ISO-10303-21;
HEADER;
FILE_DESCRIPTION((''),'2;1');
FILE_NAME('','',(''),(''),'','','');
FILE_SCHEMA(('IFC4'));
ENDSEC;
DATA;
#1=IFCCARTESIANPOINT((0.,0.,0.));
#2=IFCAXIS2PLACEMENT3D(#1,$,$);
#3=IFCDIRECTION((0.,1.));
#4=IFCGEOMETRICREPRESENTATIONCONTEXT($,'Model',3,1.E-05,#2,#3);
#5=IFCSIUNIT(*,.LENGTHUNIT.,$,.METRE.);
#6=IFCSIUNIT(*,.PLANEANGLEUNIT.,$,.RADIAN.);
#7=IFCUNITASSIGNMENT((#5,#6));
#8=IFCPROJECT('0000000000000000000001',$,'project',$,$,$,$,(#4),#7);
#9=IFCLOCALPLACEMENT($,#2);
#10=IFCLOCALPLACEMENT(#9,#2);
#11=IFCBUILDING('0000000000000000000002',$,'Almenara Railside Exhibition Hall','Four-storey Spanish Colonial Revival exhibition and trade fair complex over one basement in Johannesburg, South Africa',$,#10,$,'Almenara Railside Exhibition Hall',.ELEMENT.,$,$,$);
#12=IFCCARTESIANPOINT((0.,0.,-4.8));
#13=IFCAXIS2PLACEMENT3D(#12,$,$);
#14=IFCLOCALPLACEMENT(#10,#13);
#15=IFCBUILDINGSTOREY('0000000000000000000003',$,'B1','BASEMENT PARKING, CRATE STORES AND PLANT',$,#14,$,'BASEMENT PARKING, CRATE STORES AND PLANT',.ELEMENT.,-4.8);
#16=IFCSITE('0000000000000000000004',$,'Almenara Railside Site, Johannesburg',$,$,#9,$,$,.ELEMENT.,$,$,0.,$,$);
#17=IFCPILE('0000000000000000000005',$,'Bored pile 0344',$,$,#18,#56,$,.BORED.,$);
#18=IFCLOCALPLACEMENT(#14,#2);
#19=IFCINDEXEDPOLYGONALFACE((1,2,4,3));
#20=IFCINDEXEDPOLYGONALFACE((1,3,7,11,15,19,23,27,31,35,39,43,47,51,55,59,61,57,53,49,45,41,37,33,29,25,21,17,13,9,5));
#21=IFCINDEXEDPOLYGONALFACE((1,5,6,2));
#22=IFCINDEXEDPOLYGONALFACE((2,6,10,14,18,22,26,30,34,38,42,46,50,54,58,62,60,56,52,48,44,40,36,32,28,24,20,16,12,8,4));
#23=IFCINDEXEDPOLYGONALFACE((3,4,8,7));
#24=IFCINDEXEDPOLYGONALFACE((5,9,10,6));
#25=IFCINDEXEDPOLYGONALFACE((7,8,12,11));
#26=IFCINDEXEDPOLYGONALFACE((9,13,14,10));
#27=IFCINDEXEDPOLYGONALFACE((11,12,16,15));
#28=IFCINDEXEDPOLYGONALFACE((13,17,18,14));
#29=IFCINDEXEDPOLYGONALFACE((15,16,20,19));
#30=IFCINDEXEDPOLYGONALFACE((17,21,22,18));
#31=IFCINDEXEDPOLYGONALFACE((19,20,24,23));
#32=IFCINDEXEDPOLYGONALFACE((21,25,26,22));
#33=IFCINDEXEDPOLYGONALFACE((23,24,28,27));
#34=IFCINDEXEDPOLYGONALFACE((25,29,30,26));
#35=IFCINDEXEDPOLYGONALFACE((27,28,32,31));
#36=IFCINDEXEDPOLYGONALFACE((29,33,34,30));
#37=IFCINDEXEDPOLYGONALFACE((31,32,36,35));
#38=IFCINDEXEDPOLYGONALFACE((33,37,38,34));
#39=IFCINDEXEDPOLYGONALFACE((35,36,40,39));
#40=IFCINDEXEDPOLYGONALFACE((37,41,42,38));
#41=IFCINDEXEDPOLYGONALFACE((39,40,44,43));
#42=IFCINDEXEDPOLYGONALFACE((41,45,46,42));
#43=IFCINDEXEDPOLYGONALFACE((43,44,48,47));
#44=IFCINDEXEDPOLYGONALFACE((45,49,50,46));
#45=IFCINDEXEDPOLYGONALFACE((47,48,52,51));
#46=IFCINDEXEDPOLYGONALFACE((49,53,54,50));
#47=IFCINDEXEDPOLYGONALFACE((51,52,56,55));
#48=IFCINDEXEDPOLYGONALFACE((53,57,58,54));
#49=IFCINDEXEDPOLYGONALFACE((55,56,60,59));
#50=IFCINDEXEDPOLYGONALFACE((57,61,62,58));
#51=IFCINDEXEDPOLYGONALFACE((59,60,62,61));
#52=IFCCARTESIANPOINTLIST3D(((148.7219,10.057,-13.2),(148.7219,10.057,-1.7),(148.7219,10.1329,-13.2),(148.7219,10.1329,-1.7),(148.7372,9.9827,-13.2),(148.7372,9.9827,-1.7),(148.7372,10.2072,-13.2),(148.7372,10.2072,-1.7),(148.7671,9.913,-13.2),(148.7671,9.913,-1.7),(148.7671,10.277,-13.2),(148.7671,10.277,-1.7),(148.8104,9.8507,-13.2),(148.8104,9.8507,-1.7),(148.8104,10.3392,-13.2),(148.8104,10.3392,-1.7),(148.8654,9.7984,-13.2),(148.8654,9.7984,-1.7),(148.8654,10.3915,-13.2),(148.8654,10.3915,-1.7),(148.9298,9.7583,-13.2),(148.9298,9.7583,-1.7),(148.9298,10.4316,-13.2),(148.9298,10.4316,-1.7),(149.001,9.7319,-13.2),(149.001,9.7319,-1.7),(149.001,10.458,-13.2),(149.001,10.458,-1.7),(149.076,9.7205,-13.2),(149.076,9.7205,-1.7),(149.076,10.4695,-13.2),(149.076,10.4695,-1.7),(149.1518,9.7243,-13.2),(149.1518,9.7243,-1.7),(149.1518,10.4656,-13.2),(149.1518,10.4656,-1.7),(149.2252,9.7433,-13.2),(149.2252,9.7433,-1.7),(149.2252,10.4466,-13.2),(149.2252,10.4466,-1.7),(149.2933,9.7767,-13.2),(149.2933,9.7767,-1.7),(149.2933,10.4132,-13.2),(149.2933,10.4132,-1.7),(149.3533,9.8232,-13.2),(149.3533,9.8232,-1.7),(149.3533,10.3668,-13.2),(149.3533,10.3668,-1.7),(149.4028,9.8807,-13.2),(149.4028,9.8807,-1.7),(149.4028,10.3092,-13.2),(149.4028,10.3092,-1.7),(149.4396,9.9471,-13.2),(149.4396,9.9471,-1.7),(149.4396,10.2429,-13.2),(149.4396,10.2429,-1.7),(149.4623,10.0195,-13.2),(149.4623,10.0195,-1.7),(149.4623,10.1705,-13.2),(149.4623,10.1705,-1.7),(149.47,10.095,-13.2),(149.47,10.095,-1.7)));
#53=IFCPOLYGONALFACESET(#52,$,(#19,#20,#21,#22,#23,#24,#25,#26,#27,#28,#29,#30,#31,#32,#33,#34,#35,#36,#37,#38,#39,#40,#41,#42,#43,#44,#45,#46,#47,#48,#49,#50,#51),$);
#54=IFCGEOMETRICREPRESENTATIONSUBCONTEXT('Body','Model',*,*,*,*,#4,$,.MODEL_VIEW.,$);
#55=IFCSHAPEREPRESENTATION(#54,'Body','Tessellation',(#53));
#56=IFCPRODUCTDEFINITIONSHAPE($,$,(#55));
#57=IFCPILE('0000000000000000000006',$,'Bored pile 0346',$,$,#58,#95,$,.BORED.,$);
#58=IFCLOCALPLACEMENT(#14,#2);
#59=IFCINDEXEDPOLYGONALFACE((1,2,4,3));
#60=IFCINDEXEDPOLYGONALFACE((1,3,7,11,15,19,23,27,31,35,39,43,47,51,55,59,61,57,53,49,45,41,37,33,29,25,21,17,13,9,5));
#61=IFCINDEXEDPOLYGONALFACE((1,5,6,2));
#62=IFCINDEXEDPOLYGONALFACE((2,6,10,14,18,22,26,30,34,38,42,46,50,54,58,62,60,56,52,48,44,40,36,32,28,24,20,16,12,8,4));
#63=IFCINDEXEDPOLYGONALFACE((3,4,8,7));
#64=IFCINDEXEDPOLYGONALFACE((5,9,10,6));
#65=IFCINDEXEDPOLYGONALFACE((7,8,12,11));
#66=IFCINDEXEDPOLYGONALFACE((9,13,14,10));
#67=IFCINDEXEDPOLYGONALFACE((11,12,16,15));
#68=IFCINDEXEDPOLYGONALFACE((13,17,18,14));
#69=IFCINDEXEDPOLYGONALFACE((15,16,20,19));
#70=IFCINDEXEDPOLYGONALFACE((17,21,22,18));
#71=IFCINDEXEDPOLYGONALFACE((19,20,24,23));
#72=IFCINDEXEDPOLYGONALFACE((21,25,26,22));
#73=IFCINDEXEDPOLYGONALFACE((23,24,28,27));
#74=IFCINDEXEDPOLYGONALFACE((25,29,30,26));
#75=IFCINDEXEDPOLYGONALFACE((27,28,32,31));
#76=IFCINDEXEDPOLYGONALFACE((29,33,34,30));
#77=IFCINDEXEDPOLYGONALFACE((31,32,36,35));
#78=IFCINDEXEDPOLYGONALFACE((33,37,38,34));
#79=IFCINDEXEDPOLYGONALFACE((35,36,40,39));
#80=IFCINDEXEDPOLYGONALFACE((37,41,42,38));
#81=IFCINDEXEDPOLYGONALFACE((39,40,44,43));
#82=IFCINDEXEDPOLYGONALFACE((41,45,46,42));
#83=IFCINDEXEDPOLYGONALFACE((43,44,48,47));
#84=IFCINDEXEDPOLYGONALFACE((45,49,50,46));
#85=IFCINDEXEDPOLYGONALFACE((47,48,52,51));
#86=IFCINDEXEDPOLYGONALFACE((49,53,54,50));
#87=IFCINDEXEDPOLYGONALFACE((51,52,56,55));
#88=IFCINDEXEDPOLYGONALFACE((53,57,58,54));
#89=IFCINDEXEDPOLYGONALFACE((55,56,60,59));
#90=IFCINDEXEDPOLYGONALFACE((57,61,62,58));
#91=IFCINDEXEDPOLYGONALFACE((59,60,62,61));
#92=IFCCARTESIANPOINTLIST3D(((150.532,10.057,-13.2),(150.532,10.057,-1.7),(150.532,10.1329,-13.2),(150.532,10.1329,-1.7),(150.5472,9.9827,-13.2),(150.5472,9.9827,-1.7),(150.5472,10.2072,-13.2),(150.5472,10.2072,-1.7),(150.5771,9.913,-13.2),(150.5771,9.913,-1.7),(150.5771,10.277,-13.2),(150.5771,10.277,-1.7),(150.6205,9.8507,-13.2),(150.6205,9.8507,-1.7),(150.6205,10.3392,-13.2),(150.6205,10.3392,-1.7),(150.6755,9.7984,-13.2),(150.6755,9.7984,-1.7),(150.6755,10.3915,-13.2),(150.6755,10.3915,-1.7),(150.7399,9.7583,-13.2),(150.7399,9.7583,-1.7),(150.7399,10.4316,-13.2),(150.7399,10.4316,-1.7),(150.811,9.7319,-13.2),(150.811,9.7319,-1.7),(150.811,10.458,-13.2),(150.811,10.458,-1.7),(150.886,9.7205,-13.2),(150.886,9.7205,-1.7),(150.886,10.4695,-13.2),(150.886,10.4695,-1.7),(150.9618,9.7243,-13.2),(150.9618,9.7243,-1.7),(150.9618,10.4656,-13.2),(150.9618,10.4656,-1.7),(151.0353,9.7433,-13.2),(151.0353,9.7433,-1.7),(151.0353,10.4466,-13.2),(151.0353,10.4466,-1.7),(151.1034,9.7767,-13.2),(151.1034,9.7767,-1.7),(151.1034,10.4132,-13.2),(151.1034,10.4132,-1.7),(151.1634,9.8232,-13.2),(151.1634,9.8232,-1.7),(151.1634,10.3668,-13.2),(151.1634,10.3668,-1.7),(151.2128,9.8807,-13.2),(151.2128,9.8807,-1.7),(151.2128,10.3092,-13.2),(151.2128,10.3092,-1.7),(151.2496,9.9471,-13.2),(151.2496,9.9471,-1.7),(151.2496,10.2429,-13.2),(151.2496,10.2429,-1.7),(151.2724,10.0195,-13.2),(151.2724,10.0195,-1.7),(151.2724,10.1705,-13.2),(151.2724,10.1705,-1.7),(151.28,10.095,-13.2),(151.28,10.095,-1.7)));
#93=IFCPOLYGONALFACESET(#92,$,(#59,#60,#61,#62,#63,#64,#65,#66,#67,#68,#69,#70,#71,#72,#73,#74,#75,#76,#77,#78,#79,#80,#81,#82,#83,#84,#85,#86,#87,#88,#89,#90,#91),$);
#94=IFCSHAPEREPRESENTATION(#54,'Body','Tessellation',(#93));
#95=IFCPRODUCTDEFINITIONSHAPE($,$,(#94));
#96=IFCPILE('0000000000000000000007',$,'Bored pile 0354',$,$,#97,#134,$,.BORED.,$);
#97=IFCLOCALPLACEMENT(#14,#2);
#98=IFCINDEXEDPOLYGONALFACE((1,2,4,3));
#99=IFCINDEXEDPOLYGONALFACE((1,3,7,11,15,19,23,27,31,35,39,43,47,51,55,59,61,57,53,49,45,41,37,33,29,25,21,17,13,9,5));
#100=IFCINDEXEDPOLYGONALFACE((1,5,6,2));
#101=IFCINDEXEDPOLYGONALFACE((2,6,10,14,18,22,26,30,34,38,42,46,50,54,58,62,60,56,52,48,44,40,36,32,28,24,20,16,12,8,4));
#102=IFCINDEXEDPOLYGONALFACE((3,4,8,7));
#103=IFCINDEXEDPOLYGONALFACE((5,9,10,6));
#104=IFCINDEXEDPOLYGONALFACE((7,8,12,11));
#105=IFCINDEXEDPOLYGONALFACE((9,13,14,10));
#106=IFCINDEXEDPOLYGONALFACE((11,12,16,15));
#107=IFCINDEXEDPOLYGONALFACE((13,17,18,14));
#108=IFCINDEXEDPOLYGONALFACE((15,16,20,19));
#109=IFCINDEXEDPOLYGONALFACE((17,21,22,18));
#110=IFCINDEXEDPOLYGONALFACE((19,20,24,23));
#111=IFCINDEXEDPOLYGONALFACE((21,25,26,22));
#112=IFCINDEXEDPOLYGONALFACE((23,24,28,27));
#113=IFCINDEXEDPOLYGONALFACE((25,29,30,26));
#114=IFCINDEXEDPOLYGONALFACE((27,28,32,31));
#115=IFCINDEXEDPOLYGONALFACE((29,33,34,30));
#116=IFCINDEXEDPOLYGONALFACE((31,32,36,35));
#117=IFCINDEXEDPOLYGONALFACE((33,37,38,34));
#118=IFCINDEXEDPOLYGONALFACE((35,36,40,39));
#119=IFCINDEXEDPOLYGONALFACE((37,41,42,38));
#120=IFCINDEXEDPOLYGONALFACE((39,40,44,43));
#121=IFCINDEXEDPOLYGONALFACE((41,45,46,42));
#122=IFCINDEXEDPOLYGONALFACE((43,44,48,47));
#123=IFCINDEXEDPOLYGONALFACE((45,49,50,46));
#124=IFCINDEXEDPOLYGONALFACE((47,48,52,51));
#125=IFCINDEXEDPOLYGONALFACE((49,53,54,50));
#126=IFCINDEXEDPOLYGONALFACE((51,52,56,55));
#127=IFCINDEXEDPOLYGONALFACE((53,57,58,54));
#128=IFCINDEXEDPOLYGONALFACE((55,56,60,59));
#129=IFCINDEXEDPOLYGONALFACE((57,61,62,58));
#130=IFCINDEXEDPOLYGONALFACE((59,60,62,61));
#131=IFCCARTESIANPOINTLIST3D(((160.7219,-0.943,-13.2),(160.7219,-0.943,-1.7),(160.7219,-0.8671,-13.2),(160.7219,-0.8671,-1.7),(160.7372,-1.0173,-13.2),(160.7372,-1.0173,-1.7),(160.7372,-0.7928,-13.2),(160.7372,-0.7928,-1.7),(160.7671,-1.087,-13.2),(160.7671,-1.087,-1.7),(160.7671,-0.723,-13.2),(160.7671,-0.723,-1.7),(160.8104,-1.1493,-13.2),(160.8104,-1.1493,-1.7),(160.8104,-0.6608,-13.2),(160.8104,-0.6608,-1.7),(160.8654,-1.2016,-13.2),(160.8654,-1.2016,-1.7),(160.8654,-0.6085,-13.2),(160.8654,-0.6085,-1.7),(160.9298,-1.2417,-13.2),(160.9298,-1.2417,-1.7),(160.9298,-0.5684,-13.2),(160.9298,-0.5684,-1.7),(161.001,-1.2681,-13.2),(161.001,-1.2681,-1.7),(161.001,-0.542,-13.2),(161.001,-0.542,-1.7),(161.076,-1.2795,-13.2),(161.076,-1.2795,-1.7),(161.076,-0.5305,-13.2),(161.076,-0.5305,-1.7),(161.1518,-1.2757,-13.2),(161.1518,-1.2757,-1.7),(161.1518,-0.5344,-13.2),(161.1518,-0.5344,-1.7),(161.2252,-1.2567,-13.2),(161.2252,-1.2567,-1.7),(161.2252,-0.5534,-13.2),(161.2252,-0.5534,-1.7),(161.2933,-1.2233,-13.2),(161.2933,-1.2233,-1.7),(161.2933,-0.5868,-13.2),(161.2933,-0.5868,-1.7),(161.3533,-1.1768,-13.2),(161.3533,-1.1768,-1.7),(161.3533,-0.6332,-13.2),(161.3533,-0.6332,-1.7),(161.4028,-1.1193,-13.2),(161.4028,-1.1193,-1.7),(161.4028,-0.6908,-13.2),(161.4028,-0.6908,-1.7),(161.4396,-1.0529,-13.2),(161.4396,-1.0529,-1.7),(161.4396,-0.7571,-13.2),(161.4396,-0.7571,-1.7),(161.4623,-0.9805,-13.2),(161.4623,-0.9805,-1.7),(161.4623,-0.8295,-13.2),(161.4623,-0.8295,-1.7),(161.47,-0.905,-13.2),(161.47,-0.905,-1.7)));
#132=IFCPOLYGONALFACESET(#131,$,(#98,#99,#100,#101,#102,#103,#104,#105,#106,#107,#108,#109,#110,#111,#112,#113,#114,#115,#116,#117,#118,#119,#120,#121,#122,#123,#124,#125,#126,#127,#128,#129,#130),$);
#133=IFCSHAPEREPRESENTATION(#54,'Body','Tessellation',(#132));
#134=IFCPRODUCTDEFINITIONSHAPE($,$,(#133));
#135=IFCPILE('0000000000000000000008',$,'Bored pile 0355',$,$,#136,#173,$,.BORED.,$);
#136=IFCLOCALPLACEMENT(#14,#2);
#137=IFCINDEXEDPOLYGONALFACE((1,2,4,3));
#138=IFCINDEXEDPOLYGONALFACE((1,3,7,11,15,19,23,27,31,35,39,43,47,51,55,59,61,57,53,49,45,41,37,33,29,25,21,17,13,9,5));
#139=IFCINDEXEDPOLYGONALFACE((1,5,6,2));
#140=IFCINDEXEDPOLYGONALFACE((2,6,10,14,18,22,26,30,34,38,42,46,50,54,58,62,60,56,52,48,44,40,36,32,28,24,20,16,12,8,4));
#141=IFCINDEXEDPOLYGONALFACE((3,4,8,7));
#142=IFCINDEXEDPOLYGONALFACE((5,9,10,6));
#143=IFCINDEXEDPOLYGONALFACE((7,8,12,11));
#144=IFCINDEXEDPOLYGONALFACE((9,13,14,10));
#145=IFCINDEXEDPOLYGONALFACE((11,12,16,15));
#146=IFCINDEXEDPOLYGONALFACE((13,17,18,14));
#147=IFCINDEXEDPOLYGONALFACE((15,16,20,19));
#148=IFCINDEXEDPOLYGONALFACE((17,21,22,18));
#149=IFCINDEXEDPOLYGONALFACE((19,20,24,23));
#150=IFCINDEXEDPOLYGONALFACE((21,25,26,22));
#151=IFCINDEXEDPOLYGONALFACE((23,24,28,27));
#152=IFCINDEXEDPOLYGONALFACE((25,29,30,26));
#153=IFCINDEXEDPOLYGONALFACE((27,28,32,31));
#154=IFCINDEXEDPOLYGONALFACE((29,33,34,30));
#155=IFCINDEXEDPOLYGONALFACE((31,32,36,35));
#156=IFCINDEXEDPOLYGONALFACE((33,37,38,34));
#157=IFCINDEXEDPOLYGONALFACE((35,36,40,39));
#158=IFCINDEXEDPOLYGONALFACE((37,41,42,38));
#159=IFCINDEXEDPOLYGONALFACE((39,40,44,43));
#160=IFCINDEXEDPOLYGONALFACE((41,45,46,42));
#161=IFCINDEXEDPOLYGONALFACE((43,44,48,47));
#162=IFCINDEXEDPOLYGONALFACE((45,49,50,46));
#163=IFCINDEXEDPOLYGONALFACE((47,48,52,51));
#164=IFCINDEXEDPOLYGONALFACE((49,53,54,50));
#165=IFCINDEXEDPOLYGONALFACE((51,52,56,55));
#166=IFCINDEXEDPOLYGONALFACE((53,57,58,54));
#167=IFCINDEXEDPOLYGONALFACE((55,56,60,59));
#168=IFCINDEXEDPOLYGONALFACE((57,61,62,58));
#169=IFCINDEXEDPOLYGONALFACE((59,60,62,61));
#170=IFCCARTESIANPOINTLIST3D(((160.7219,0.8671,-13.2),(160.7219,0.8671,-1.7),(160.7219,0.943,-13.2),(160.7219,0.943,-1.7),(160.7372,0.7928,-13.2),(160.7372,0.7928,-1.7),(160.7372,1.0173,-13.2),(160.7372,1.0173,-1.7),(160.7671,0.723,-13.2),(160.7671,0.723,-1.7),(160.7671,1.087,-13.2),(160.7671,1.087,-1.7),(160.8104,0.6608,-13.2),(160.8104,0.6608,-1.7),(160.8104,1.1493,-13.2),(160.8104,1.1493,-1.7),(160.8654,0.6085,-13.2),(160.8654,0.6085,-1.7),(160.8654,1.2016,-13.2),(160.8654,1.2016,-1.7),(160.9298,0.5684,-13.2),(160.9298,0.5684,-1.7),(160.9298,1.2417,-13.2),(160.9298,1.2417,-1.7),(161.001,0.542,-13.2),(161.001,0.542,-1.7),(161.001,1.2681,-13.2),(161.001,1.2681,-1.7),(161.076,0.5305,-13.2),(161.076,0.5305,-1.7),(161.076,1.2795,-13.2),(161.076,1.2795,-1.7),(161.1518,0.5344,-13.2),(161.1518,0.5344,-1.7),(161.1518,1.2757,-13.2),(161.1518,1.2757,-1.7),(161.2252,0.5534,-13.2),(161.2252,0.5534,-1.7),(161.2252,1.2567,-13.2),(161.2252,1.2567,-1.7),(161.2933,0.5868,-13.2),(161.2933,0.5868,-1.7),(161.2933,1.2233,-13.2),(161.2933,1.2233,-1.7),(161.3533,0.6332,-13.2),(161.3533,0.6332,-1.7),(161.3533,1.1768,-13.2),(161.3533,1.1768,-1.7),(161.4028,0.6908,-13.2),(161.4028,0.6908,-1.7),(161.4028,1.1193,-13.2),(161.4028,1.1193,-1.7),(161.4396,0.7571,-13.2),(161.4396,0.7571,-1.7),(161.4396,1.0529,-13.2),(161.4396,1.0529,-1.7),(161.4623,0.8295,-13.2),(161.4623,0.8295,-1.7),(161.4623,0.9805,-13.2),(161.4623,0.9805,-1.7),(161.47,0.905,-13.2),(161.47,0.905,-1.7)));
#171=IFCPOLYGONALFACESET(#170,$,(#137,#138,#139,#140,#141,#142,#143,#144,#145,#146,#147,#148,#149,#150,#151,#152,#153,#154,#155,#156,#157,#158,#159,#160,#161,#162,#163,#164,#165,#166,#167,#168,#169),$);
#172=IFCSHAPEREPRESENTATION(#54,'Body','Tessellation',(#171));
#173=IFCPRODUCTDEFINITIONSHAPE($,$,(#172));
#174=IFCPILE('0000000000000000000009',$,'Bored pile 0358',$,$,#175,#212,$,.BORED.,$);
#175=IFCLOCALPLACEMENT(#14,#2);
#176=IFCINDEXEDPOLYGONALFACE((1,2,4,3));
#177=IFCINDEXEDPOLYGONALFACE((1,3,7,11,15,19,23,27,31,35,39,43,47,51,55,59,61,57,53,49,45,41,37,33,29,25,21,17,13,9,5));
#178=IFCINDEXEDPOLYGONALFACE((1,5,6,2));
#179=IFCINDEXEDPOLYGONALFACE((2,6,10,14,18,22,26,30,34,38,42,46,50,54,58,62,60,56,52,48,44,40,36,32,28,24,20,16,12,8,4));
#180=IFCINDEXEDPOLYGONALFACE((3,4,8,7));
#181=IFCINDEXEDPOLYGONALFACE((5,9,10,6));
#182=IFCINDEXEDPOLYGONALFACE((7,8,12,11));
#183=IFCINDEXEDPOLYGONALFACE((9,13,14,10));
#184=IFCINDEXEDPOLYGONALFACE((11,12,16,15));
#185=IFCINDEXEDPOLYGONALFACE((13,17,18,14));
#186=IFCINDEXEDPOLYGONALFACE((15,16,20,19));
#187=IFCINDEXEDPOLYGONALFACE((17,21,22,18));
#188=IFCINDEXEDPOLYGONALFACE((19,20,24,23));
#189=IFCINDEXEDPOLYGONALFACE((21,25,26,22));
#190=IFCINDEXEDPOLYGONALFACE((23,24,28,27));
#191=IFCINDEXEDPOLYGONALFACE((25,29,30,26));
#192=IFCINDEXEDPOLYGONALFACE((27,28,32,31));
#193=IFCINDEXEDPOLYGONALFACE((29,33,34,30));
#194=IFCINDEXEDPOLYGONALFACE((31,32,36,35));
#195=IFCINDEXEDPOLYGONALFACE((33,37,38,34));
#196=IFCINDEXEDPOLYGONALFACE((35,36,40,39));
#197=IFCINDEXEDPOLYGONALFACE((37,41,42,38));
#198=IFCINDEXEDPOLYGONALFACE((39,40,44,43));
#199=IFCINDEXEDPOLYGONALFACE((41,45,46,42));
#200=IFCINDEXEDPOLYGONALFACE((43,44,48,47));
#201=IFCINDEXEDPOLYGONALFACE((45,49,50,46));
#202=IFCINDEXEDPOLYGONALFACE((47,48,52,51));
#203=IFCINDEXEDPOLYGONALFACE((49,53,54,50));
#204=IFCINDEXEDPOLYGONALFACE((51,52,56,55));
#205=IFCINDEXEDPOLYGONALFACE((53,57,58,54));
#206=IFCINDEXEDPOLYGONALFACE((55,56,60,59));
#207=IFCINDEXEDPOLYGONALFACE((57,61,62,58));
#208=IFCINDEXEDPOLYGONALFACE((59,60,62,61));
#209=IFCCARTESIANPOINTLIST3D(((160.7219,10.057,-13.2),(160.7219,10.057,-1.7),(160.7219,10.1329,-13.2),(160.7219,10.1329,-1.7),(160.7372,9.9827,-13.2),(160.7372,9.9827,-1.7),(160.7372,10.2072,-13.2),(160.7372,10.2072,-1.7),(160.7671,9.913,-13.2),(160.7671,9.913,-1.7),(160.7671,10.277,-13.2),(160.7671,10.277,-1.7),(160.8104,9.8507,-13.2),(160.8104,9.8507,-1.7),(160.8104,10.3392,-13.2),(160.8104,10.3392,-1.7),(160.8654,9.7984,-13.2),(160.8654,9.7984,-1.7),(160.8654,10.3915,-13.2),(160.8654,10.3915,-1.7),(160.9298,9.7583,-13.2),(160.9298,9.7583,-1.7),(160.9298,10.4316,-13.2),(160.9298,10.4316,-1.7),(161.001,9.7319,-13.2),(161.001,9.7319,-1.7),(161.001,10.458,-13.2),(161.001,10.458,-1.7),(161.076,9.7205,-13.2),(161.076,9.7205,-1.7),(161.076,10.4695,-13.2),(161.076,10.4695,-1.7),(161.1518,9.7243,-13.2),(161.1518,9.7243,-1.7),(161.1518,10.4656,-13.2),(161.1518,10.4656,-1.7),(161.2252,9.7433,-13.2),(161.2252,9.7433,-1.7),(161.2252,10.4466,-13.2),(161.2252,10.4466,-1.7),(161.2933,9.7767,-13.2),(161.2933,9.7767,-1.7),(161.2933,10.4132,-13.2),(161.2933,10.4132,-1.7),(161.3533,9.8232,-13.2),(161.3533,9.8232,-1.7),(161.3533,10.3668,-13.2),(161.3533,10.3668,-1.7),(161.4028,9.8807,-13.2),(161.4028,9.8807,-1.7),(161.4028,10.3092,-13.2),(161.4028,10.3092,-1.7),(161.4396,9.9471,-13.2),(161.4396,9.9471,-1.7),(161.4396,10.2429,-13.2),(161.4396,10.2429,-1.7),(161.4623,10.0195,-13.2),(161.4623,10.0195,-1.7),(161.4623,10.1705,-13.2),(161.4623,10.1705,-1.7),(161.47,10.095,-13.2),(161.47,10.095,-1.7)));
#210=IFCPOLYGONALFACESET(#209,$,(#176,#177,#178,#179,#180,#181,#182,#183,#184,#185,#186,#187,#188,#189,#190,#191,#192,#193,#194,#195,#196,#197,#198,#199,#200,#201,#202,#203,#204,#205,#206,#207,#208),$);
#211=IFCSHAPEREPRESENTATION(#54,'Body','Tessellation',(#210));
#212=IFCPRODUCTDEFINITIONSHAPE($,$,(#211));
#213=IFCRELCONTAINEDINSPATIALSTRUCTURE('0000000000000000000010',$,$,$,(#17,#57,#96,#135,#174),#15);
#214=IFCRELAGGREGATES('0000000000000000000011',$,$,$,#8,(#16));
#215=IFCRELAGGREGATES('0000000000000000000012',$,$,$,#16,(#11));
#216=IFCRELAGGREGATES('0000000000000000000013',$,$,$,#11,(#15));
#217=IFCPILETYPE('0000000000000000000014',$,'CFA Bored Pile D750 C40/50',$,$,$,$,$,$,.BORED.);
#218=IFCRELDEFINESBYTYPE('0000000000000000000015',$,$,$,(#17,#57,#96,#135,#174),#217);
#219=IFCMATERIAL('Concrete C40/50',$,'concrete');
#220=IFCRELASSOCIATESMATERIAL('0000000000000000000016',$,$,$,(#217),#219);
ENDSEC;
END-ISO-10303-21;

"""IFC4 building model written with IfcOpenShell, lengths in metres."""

from ifc_helpers import new_model, si_unit, direction, frame, origin, origin_2d, place, context, subcontext, project, spatial, circle, extrude, material, material_profile, profile_set, type_object, element, save


model = new_model("IFC4")

# Units and contexts
model_context = context("Model", 3, precision=1e-05, world=origin(), true_north=direction((0.0, 1.0)))
body_context = subcontext(model_context, "Body", "Model", "MODEL_VIEW")
ifc_project = project(units=[si_unit("LENGTHUNIT", "METRE"), si_unit("PLANEANGLEUNIT", "RADIAN")], contexts=[model_context])

# Site, building, storey
site_placement = place(None, origin())
site = spatial("IfcSite", under=ifc_project, at=site_placement, Name="Almenara Railside Site, Johannesburg", CompositionType="ELEMENT", RefElevation=0.0)
building_placement = place(site_placement, origin())
building = spatial("IfcBuilding", under=site, at=building_placement, Name="Almenara Railside Exhibition Hall", Description="Four-storey Spanish Colonial Revival exhibition and trade fair complex over one basement in Johannesburg, South Africa", LongName="Almenara Railside Exhibition Hall", CompositionType="ELEMENT")
storey_placement = place(building_placement, frame((0.0, 0.0, -4.8)))
storey = spatial("IfcBuildingStorey", under=building, at=storey_placement, Name="B1", Description="BASEMENT PARKING, CRATE STORES AND PLANT", LongName="BASEMENT PARKING, CRATE STORES AND PLANT", CompositionType="ELEMENT", Elevation=-4.8)

# Piles
ifc_material_1 = material(Name="Concrete C40/50", Category="concrete")
ifc_material_profile_1 = material_profile(ifc_material_1, circle(Radius=0.375, at=origin_2d()), Name="CFA-PILE D750")
ifc_profile_set_1 = profile_set([ifc_material_profile_1], Name="Concrete C40/50")
pile_type = type_object("IfcPileType", Name="CFA Bored Pile D750 C40/50", PredefinedType="BORED", material=ifc_profile_set_1)
for number, where, z_axis, x_axis, name in (
    (1, (149.095, 10.095, -1.7), (0.0, 0.0, -1.0), (1.0, 0.0, 0.0), "Bored pile 0344"),
    (2, (150.905, 10.095, -1.7), (0.0, 0.0, -1.0), (1.0, 0.0, 0.0), "Bored pile 0346"),
    (3, (161.095, -0.905, -1.7), (0.0, 0.0, -1.0), (1.0, 0.0, 0.0), "Bored pile 0354"),
    (4, (161.095, 0.905, -1.7), (0.0, 0.0, -1.0), (1.0, 0.0, 0.0), "Bored pile 0355"),
    (5, (161.095, 10.095, -1.7), (0.0, 0.0, -1.0), (1.0, 0.0, 0.0), "Bored pile 0358"),
):
    element("IfcPile", number, at=place(storey_placement, frame(where, z_axis=z_axis, x_axis=x_axis)), inside=storey, type_object=pile_type, Name=name, PredefinedType="BORED", context=body_context, shape_type="SweptSolid", body=[
        extrude(circle(Radius=0.375, at=origin_2d()), origin(), (0.0, 0.0, 1.0), 11.5),
    ])

save(model, "model.ifc")
